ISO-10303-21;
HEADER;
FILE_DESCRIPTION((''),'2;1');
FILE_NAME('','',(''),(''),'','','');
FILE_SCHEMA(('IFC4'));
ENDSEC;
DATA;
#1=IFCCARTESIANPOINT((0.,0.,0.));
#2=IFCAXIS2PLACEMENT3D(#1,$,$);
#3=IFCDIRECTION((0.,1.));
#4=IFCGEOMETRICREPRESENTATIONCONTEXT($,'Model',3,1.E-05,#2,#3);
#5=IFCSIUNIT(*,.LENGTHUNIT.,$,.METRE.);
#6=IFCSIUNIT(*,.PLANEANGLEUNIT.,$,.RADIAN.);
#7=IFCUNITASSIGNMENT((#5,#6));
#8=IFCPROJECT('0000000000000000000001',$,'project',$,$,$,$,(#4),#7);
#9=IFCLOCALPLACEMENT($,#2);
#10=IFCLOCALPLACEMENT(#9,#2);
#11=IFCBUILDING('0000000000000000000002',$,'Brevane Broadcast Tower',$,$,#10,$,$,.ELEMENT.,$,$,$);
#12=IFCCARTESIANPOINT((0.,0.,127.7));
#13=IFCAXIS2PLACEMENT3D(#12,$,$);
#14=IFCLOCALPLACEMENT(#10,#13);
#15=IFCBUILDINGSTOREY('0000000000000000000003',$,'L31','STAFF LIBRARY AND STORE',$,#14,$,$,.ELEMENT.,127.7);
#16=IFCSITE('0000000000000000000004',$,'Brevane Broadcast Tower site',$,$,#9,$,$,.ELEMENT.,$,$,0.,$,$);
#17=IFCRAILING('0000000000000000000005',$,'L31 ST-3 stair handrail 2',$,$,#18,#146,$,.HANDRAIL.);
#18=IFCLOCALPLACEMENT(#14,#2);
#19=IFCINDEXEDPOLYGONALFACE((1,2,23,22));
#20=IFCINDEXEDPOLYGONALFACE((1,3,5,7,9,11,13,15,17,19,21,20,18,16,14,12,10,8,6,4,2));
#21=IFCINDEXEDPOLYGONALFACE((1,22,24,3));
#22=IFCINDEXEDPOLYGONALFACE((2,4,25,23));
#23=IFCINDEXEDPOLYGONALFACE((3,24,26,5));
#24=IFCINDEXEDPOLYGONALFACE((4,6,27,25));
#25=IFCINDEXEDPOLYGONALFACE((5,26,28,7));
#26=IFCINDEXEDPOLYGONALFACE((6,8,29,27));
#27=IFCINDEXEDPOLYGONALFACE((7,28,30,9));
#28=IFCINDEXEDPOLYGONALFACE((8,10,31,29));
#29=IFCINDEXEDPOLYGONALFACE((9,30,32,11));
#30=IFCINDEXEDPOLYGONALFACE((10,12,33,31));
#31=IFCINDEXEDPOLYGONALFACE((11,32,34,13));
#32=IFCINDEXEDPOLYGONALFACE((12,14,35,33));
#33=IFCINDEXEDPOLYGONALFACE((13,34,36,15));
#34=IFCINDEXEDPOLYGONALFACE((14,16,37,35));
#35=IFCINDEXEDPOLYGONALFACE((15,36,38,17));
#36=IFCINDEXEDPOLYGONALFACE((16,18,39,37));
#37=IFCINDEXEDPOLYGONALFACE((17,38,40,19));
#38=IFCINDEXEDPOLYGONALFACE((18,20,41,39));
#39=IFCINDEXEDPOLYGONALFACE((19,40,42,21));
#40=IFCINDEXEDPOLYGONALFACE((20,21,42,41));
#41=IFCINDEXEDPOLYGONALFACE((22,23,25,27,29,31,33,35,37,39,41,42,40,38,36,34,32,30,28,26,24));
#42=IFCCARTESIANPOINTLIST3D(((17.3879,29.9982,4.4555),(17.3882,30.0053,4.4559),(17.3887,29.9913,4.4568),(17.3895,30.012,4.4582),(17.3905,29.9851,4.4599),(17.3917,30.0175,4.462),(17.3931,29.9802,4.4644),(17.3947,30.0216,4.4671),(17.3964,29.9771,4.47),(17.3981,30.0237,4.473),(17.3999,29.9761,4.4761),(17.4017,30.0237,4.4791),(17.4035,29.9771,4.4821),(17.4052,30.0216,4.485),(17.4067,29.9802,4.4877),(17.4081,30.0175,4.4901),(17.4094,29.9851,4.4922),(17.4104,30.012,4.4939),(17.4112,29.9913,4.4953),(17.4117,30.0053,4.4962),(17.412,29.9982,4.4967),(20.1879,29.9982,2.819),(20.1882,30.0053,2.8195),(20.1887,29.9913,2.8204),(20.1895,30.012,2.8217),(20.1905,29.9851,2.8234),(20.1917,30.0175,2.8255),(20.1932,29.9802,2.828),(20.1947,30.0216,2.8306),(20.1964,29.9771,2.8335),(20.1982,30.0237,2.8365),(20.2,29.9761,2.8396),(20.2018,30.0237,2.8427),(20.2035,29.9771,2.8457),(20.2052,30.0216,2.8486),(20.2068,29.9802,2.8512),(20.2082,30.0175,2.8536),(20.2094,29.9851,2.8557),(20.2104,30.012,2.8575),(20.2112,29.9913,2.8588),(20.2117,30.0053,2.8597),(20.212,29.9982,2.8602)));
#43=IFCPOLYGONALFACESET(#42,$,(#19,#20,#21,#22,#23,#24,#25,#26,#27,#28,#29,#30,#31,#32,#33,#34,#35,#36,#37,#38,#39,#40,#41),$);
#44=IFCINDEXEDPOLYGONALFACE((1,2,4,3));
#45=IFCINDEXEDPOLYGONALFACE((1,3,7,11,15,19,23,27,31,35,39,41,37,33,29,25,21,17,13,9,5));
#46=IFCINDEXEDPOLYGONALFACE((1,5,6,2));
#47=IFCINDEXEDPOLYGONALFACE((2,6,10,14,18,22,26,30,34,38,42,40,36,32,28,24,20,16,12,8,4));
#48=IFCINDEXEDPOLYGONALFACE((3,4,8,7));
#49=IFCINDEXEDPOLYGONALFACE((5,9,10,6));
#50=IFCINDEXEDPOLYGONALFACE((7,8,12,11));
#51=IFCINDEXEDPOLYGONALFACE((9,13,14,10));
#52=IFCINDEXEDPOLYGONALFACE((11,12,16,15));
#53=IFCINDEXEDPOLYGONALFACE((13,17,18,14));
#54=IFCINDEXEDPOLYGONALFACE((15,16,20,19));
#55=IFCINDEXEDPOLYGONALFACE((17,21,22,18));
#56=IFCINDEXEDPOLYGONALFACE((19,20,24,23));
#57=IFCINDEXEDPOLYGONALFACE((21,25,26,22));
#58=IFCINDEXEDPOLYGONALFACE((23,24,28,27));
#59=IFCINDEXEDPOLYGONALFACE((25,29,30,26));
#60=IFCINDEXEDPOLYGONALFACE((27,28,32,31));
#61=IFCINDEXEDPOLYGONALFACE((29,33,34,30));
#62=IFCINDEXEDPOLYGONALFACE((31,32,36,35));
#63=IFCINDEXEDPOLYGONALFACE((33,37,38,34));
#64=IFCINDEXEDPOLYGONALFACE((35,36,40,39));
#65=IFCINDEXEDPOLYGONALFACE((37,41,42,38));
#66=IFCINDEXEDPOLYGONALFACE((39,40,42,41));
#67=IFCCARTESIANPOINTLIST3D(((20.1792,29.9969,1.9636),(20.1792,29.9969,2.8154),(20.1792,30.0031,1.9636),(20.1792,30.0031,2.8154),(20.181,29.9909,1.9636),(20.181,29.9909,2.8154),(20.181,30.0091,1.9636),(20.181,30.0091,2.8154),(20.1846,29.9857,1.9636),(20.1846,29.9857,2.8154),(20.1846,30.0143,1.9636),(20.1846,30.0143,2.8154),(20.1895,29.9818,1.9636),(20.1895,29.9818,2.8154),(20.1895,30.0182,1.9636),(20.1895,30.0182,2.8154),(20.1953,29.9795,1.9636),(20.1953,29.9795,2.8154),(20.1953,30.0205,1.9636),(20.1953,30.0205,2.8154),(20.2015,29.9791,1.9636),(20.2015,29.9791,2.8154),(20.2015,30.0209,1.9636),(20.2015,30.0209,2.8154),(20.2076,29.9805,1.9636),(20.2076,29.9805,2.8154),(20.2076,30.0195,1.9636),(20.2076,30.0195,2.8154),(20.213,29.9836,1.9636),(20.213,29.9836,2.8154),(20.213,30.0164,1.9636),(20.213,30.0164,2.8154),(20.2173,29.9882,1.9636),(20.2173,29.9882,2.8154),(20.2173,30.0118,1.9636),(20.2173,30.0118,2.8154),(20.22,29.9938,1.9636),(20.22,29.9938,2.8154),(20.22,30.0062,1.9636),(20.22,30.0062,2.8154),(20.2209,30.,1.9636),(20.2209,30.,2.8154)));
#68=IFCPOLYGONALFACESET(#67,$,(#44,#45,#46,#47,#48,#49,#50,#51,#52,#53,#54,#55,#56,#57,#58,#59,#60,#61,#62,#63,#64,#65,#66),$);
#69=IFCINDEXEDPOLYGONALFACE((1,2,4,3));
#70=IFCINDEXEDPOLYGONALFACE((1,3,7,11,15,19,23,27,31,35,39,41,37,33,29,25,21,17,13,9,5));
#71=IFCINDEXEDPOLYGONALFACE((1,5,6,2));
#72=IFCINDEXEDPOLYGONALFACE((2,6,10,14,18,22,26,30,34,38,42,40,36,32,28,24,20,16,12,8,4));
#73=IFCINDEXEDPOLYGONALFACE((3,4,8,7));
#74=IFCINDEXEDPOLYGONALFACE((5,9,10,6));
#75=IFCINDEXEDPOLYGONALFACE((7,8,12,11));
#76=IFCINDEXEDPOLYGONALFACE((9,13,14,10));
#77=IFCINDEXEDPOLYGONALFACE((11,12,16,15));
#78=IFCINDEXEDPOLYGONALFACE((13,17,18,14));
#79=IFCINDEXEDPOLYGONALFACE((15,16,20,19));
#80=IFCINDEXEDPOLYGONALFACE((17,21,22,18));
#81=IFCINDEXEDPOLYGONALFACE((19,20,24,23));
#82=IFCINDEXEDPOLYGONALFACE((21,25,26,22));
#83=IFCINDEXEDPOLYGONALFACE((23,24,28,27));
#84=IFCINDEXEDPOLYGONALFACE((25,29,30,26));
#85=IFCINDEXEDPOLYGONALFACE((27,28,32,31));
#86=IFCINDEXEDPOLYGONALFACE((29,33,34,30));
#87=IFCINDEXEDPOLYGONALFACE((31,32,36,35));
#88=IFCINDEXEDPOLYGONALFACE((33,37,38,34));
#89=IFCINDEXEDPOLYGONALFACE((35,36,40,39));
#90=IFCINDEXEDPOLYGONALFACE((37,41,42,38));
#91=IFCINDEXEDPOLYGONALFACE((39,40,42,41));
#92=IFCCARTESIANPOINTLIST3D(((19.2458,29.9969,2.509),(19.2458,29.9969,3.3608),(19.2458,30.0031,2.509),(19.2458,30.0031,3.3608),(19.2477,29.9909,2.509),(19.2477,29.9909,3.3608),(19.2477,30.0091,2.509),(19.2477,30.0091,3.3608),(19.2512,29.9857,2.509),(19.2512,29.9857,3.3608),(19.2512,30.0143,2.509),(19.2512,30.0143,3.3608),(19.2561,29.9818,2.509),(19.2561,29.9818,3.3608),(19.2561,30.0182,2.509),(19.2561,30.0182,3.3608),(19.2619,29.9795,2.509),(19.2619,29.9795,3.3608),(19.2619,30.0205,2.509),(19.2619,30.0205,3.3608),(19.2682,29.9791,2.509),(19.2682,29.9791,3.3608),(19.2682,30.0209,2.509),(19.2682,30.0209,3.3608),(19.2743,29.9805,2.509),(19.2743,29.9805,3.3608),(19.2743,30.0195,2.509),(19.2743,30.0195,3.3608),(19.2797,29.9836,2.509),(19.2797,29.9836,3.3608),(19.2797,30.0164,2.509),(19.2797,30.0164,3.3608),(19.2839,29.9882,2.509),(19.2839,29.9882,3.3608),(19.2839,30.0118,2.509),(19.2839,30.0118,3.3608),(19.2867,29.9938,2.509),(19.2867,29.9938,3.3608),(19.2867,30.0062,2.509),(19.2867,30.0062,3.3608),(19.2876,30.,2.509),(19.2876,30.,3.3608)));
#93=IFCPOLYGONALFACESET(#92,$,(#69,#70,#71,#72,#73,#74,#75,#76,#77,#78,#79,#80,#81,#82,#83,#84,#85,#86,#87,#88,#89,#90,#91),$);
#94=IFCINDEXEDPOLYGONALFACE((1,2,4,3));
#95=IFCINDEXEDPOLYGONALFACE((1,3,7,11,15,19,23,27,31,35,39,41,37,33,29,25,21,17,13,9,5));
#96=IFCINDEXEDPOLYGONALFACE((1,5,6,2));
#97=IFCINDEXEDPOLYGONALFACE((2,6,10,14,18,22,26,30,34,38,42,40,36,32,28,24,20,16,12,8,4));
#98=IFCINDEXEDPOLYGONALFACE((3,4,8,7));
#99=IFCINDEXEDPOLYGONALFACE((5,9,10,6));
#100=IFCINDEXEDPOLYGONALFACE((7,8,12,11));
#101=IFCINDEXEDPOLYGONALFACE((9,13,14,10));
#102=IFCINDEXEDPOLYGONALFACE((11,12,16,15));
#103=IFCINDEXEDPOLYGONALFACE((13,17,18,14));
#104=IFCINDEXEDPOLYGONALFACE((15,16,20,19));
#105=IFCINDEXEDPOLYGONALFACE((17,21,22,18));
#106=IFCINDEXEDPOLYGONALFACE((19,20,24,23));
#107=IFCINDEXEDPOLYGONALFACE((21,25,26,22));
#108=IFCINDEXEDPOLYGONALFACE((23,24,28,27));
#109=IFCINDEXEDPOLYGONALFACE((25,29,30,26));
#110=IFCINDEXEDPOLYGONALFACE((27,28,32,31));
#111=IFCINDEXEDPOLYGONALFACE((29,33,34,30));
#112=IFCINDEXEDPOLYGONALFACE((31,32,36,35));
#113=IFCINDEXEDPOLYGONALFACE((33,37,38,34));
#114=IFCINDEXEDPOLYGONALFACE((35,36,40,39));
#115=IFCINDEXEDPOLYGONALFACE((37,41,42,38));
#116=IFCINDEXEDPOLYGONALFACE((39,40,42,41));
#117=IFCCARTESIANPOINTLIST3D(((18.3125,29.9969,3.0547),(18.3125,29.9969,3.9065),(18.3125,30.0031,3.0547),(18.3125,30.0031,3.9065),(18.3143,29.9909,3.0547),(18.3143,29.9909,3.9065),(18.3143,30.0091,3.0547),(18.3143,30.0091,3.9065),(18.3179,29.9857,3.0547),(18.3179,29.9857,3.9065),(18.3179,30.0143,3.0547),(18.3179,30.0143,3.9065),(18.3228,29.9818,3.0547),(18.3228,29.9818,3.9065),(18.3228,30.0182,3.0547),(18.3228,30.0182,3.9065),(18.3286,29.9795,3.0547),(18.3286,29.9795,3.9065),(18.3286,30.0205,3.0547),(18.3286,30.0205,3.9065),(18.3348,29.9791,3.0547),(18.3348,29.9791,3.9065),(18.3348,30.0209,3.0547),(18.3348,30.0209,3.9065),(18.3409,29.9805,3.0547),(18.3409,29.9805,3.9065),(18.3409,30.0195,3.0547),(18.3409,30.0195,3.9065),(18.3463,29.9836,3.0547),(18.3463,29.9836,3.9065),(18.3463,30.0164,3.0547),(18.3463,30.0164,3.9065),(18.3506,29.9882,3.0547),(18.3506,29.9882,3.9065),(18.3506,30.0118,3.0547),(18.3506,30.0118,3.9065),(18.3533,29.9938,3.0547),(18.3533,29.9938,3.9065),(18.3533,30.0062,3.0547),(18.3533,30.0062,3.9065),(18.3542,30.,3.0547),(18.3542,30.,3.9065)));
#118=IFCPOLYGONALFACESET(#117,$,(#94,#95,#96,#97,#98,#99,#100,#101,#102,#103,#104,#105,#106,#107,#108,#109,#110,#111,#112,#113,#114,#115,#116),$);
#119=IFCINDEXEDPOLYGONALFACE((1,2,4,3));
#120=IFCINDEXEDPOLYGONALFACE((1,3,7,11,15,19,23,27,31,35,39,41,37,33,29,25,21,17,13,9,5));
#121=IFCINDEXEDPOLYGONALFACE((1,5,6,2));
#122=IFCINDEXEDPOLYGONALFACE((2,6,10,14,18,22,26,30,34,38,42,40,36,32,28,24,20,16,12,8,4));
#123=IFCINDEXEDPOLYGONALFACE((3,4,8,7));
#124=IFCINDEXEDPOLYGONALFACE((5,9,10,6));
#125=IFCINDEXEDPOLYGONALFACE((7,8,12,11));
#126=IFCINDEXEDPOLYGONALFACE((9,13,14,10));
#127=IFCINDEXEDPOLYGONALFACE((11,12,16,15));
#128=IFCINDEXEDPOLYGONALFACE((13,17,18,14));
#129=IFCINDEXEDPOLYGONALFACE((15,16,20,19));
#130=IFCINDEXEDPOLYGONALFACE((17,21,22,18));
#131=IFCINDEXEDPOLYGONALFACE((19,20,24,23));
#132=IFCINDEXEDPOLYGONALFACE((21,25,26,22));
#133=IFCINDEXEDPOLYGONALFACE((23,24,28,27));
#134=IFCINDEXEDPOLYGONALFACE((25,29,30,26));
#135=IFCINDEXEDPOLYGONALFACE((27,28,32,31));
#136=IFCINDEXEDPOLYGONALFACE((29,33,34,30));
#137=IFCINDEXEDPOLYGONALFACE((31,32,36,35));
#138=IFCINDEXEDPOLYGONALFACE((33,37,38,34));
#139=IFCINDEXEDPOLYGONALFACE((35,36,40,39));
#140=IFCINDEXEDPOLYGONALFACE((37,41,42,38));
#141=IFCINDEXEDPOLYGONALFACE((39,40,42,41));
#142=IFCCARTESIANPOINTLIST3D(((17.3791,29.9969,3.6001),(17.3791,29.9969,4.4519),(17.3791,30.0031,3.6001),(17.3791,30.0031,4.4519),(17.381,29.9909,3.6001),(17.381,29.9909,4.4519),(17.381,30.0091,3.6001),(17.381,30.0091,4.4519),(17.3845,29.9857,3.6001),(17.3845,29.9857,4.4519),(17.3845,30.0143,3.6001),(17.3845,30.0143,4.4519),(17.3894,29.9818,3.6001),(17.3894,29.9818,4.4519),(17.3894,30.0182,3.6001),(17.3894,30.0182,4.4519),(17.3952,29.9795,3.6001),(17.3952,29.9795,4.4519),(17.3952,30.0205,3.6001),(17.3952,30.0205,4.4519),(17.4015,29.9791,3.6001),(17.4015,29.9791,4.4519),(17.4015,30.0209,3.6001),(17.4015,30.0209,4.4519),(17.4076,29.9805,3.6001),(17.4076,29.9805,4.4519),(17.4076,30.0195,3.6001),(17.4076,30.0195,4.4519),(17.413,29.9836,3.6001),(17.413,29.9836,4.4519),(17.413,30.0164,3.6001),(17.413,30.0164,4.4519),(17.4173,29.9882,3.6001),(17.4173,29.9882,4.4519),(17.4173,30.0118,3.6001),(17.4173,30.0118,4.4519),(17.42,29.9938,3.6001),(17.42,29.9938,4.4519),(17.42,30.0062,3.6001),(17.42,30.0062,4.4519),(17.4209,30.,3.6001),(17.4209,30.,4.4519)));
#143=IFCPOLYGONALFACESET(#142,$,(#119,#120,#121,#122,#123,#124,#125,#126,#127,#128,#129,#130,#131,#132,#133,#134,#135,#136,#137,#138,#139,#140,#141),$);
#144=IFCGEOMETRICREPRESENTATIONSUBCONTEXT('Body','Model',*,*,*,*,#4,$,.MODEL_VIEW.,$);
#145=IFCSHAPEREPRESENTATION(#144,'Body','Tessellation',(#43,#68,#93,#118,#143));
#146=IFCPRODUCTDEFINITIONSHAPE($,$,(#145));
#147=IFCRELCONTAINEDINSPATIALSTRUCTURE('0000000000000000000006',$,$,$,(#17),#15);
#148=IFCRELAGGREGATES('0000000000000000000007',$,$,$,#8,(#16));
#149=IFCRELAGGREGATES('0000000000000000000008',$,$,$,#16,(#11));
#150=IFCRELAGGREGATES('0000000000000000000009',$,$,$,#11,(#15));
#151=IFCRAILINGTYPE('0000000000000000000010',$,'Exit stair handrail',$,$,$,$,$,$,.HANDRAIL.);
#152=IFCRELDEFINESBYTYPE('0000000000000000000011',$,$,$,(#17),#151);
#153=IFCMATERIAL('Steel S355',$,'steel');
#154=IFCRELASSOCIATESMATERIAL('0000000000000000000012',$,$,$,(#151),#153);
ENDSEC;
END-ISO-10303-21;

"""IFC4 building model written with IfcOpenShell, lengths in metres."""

from ifc_helpers import new_model, si_unit, direction, frame, origin, origin_2d, place, context, subcontext, project, spatial, circle, extrude, material, type_object, element, save


model = new_model("IFC4")

# Units and contexts
model_context = context("Model", 3, precision=1e-05, world=origin(), true_north=direction((0.0, 1.0)))
body_context = subcontext(model_context, "Body", "Model", "MODEL_VIEW")
ifc_project = project(units=[si_unit("LENGTHUNIT", "METRE"), si_unit("PLANEANGLEUNIT", "RADIAN")], contexts=[model_context])

# Site, building, storey
site_placement = place(None, origin())
site = spatial("IfcSite", under=ifc_project, at=site_placement, Name="Brevane Broadcast Tower site", CompositionType="ELEMENT", RefElevation=0.0)
building_placement = place(site_placement, origin())
building = spatial("IfcBuilding", under=site, at=building_placement, Name="Brevane Broadcast Tower", CompositionType="ELEMENT")
storey_placement = place(building_placement, frame((0.0, 0.0, 127.7)))
storey = spatial("IfcBuildingStorey", under=building, at=storey_placement, Name="L31", Description="STAFF LIBRARY AND STORE", CompositionType="ELEMENT", Elevation=127.7)

# Railing
ifc_material_1 = material(Name="Steel S355", Category="steel")
railing_type_1 = type_object("IfcRailingType", Name="Exit stair handrail", PredefinedType="HANDRAIL", material=ifc_material_1)
railing_1_placement = place(storey_placement, frame((20.2, 30.0, 1.9636)))
element("IfcRailing", 1, at=railing_1_placement, inside=storey, type_object=railing_type_1, Name="L31 ST-3 stair handrail 2", PredefinedType="HANDRAIL", context=body_context, shape_type="SweptSolid", body=[
    extrude(circle(Radius=0.0239, at=origin_2d()), frame((0.0, 0.0, 0.876), z_axis=(-0.863361, 0.0, 0.504587), x_axis=(0.0, -1.0, 0.0)), (0.0, 0.0, 1.0), 3.2432),
    extrude(circle(Radius=0.021, at=origin_2d()), origin(), (0.0, 0.0, 1.0), 0.8518),
    extrude(circle(Radius=0.021, at=origin_2d()), frame((-0.9333, 0.0, 0.5454)), (0.0, 0.0, 1.0), 0.8518),
    extrude(circle(Radius=0.021, at=origin_2d()), frame((-1.8667, 0.0, 1.0911)), (0.0, 0.0, 1.0), 0.8518),
    extrude(circle(Radius=0.021, at=origin_2d()), frame((-2.8, 0.0, 1.6365)), (0.0, 0.0, 1.0), 0.8518),
])

save(model, "model.ifc")
